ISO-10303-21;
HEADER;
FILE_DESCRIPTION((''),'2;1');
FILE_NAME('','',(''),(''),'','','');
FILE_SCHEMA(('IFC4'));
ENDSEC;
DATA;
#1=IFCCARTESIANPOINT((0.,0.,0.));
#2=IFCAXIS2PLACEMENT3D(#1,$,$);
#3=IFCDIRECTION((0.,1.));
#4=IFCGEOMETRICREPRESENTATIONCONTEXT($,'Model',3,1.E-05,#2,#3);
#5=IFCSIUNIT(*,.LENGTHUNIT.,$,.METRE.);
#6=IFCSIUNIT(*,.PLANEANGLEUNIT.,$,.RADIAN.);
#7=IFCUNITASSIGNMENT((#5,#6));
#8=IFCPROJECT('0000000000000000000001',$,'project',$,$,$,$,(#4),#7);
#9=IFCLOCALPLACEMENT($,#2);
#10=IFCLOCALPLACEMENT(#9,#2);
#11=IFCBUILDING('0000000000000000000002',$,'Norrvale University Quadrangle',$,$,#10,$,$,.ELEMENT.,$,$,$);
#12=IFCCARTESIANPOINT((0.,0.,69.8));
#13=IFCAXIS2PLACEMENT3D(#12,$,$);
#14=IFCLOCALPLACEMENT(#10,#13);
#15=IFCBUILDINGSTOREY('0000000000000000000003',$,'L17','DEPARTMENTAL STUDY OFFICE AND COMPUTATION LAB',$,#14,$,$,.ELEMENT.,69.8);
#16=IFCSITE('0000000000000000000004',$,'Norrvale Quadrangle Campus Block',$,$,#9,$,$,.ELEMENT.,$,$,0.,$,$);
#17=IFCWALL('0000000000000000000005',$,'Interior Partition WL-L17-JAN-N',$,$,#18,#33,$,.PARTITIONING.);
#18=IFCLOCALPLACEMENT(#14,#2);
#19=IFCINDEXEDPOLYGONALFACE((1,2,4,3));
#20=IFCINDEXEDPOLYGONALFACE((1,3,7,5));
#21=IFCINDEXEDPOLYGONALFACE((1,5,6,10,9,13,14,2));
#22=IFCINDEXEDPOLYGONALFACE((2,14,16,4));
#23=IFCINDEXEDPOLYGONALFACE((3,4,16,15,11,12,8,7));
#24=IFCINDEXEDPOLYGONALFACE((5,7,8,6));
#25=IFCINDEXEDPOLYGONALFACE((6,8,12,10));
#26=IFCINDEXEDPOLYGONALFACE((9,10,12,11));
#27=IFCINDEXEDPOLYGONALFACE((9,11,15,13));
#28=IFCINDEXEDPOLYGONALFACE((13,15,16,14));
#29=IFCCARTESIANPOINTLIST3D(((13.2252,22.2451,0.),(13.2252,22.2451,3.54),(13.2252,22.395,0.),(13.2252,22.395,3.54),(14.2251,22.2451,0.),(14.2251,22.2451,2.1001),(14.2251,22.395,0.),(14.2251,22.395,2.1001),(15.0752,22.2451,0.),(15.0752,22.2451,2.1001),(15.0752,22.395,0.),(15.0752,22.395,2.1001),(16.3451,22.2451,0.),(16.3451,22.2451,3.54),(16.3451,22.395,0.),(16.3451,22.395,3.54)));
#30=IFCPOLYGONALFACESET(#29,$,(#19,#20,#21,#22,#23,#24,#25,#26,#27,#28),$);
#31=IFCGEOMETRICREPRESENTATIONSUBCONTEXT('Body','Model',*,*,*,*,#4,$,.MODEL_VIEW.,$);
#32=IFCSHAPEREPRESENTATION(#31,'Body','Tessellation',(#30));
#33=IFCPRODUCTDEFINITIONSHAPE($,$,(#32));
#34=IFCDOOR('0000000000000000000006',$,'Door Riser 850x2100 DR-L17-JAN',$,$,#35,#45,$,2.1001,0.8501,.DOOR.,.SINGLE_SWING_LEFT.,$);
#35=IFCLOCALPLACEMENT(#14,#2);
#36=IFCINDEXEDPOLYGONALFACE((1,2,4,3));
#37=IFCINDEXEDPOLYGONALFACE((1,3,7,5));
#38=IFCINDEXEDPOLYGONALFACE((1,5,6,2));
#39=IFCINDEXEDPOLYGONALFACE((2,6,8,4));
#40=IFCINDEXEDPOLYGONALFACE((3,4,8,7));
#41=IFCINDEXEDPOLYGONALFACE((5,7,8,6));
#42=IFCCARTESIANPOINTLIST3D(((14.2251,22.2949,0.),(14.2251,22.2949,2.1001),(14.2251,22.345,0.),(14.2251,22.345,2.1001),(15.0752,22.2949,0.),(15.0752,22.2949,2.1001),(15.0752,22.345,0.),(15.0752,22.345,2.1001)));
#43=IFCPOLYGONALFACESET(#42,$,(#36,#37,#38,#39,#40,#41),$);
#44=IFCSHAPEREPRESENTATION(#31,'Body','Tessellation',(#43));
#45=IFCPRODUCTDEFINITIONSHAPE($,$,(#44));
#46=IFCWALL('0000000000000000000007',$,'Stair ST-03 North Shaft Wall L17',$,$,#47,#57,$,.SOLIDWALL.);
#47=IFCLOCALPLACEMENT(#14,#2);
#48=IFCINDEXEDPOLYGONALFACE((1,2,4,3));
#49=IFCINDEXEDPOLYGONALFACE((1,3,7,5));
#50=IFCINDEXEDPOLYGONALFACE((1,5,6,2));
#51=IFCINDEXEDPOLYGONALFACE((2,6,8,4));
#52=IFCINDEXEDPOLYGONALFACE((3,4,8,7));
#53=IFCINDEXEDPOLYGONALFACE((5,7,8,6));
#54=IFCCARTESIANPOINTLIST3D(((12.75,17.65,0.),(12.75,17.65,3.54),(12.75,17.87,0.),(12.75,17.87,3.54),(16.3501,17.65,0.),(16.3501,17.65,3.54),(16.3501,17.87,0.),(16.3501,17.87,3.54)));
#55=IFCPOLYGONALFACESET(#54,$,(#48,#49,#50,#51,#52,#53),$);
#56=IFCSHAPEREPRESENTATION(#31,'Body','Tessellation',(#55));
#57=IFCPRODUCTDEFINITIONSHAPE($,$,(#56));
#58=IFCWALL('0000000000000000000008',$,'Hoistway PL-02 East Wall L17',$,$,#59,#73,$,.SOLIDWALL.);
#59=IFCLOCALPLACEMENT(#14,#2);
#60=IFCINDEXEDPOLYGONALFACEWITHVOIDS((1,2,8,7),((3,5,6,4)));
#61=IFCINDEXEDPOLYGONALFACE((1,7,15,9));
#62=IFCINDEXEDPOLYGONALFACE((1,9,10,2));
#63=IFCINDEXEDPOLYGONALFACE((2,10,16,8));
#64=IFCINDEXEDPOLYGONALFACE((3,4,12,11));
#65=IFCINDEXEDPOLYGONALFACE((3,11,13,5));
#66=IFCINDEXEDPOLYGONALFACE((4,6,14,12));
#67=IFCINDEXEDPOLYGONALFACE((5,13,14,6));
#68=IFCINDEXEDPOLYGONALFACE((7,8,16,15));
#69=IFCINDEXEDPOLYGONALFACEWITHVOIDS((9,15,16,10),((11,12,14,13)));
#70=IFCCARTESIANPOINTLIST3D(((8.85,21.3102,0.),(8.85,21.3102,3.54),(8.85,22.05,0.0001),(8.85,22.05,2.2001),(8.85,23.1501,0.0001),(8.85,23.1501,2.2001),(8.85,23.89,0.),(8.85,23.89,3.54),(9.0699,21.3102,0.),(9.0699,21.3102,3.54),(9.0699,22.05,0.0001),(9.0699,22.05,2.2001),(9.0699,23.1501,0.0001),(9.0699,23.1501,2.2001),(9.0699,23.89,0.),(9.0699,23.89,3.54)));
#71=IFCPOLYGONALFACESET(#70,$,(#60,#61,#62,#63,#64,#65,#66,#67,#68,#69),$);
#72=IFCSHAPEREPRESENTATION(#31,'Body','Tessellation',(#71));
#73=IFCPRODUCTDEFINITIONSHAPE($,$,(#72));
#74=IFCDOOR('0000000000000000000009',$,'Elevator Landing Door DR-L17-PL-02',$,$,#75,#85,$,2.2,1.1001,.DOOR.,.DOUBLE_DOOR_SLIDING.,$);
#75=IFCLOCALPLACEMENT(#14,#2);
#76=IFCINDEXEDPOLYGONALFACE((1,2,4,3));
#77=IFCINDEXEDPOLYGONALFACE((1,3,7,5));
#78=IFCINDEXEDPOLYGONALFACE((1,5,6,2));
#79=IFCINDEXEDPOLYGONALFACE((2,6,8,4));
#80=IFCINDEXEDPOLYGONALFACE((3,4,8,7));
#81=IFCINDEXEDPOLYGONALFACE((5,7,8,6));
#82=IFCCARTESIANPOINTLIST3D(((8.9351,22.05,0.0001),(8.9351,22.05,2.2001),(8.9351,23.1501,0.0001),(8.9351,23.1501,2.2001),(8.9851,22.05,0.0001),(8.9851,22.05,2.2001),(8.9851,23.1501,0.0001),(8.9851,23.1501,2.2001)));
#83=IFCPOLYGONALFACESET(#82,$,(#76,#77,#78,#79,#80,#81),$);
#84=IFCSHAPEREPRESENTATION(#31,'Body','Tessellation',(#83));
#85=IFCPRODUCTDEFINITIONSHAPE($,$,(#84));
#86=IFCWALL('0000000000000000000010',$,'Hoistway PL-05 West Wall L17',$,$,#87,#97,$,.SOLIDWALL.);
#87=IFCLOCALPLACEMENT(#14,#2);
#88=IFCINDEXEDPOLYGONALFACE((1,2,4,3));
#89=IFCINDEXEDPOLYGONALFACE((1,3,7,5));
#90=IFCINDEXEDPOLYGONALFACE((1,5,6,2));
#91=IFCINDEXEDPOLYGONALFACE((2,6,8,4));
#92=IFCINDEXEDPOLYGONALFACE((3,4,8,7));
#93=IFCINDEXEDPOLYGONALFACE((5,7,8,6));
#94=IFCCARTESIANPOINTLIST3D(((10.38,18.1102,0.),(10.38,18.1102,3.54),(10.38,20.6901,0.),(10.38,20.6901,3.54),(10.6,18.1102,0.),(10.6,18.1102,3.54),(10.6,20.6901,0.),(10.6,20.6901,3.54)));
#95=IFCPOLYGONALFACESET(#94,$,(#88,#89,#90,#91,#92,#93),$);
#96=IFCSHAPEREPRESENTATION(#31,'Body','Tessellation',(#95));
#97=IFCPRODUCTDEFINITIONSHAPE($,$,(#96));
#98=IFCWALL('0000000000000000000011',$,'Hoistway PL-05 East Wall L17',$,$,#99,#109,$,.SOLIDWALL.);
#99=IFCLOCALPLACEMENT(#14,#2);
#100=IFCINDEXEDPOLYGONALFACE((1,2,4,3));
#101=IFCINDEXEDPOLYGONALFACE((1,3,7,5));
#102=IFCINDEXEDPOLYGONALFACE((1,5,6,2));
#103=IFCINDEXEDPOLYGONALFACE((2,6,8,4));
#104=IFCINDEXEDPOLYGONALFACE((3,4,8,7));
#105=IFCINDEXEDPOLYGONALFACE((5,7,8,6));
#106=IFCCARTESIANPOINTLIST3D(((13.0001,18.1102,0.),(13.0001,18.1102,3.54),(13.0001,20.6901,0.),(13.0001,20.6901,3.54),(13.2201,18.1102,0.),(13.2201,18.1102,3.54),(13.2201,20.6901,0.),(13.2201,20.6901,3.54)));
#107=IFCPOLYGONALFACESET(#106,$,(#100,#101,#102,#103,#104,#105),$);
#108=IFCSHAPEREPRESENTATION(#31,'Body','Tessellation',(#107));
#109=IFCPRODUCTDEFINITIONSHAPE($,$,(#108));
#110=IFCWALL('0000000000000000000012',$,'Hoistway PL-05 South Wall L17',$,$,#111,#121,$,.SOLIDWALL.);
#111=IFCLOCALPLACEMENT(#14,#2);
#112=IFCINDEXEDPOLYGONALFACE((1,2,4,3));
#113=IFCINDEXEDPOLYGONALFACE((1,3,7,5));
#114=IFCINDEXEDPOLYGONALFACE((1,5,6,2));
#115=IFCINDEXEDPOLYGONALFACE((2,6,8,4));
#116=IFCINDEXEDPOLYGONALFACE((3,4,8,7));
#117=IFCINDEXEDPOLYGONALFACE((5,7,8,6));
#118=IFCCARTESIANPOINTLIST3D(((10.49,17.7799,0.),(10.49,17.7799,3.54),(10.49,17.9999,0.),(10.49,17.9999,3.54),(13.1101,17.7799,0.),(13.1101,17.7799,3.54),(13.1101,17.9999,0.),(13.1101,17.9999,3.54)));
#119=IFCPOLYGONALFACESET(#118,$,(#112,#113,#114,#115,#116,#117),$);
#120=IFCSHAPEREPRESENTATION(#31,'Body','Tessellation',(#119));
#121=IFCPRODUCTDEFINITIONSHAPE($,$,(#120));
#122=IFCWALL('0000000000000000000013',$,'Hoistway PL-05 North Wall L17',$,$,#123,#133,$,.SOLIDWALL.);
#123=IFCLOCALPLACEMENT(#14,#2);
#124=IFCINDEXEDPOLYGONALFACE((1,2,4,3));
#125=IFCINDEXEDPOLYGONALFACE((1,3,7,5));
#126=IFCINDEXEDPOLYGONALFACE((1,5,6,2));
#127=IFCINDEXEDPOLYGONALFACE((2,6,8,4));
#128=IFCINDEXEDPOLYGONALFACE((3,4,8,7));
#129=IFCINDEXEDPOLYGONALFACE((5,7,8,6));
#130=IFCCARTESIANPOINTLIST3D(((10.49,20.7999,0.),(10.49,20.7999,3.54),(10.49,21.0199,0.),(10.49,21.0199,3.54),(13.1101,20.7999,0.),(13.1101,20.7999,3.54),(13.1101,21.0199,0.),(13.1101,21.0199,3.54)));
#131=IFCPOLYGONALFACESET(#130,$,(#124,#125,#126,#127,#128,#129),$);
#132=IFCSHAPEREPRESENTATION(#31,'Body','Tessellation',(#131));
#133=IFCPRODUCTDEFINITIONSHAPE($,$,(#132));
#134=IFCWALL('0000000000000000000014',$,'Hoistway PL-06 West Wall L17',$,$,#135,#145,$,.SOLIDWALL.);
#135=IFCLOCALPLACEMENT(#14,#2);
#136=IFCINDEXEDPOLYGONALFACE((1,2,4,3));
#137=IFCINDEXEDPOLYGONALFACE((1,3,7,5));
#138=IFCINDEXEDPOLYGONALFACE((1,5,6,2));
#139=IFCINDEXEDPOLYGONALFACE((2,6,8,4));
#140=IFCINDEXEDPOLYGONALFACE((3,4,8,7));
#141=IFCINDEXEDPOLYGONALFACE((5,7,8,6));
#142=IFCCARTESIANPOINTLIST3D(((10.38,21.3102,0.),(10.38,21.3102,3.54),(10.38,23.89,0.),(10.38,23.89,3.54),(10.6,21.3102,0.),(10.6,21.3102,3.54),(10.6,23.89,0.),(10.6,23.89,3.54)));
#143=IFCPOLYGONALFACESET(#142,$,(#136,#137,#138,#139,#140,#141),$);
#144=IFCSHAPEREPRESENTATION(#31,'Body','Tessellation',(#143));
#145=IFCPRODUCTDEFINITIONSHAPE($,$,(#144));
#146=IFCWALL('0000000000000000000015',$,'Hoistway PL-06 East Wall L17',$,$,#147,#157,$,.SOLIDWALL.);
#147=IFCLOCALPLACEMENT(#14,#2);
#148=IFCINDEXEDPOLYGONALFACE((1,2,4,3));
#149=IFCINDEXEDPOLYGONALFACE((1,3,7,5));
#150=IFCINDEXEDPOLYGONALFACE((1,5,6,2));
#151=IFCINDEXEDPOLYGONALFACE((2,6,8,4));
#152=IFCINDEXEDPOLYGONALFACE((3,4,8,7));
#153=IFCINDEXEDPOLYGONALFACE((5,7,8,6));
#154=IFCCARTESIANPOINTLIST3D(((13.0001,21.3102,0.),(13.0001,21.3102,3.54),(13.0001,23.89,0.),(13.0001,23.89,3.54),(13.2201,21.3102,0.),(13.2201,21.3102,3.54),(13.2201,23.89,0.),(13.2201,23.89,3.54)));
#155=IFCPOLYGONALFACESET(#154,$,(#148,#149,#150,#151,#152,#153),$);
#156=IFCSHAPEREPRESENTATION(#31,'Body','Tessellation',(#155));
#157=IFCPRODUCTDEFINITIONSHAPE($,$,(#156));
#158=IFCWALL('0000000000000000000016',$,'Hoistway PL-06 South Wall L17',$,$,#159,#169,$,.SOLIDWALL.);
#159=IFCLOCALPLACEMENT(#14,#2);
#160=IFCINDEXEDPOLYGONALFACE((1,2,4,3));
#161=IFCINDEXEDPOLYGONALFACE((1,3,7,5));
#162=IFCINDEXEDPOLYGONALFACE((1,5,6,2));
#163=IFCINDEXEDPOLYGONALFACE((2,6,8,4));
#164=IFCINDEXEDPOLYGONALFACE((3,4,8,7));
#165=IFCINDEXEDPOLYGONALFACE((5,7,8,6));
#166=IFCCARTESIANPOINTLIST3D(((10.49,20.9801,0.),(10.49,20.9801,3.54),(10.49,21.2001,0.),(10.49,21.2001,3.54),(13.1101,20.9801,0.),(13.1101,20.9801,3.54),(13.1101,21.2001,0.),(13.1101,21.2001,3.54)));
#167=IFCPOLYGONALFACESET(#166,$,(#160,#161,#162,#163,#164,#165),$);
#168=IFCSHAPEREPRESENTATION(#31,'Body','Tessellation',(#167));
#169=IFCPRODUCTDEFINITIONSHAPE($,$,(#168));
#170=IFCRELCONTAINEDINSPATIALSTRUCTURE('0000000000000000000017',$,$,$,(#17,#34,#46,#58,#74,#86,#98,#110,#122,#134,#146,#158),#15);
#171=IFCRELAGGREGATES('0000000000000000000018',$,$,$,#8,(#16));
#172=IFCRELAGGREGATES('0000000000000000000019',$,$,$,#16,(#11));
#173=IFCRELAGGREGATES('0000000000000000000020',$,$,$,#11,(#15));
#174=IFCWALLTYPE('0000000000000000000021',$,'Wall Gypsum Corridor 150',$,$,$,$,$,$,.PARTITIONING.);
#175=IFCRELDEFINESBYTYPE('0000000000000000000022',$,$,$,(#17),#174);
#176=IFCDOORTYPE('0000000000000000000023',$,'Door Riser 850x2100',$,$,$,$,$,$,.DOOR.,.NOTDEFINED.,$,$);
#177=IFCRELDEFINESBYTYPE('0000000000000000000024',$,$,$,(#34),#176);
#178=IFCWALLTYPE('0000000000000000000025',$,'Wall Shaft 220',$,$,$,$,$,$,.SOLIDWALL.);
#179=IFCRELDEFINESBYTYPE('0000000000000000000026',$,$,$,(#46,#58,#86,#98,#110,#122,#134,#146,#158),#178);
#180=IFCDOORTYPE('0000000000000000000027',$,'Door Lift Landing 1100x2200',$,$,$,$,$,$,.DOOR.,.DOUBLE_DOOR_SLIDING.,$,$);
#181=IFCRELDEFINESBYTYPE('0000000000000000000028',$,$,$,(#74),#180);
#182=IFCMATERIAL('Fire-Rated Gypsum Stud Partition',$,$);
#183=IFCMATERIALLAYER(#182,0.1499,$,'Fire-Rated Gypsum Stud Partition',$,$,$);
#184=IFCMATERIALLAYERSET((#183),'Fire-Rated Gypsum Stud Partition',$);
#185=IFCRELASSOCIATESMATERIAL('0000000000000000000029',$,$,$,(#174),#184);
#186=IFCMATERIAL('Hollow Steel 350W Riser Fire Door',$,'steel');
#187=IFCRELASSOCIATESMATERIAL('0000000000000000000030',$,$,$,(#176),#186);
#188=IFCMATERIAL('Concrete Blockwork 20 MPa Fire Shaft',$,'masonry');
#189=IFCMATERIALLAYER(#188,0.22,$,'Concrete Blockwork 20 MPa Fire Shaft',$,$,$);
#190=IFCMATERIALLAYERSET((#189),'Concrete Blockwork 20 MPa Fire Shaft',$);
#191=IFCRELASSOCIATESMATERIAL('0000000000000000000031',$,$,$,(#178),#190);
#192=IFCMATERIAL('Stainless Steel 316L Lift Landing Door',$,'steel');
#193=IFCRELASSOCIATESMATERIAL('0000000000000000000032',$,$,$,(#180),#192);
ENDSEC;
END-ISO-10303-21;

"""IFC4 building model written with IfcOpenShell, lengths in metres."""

from ifc_helpers import new_model, si_unit, direction, frame, frame_2d, origin, place, context, subcontext, project, spatial, rectangle, extrude, material, layer, layer_set, type_object, element, fill, save


model = new_model("IFC4")

# Units and contexts
model_context = context("Model", 3, precision=1e-05, world=origin(), true_north=direction((0.0, 1.0)))
body_context = subcontext(model_context, "Body", "Model", "MODEL_VIEW")
ifc_project = project(units=[si_unit("LENGTHUNIT", "METRE"), si_unit("PLANEANGLEUNIT", "RADIAN")], contexts=[model_context])

# Site, building, storey
site_placement = place(None, origin())
site = spatial("IfcSite", under=ifc_project, at=site_placement, Name="Norrvale Quadrangle Campus Block", CompositionType="ELEMENT", RefElevation=0.0)
building_placement = place(site_placement, origin())
building = spatial("IfcBuilding", under=site, at=building_placement, Name="Norrvale University Quadrangle", CompositionType="ELEMENT")
storey_placement = place(building_placement, frame((0.0, 0.0, 69.8)))
storey = spatial("IfcBuildingStorey", under=building, at=storey_placement, Name="L17", Description="DEPARTMENTAL STUDY OFFICE AND COMPUTATION LAB", CompositionType="ELEMENT", Elevation=69.8)

# Shared definitions
ifc_material_1 = material(Name="Fire-Rated Gypsum Stud Partition")
ifc_layer_1 = layer(ifc_material_1, 0.1499, Name="Fire-Rated Gypsum Stud Partition")
ifc_layer_set_1 = layer_set([ifc_layer_1], Name="Fire-Rated Gypsum Stud Partition")
wall_type_1 = type_object("IfcWallType", Name="Wall Gypsum Corridor 150", PredefinedType="PARTITIONING", material=ifc_layer_set_1)
ifc_material_2 = material(Name="Hollow Steel 350W Riser Fire Door", Category="steel")
door_type_1 = type_object("IfcDoorType", Name="Door Riser 850x2100", OperationType="NOTDEFINED", PredefinedType="DOOR", material=ifc_material_2)

# Wall, opening, door
wall_1_placement = place(storey_placement, frame((13.2251, 22.3201, 0.0), z_axis=(0.0, 0.0, 1.0), x_axis=(1.0, 0.0, 0.0)))
wall_1 = element("IfcWall", 1, at=wall_1_placement, inside=storey, type_object=wall_type_1, Name="Interior Partition WL-L17-JAN-N", PredefinedType="PARTITIONING", context=body_context, shape_type="SweptSolid", body=[
    extrude(rectangle(XDim=3.1199, YDim=0.1499, at=frame_2d((1.5601, 0.0))), origin(), (0.0, 0.0, 1.0), 3.54),
])
opening_1_placement = place(wall_1_placement, frame((1.0, 0.0, 0.0)))
opening_1 = element("IfcOpeningElement", 2, at=opening_1_placement, cuts=wall_1, PredefinedType="OPENING", context=body_context, shape_type="SweptSolid", body=[
    extrude(rectangle(XDim=0.8501, YDim=2.1001, at=frame_2d((0.425, 1.05))), frame((0.0, 0.0869, 0.0), z_axis=(0.0, -1.0, 0.0), x_axis=(1.0, 0.0, 0.0)), (0.0, 0.0, 1.0), 0.1738),
])
door_1_placement = place(opening_1_placement, origin())
door_1 = element("IfcDoor", 3, at=door_1_placement, inside=storey, type_object=door_type_1, Name="Door Riser 850x2100 DR-L17-JAN", OperationType="SINGLE_SWING_LEFT", OverallHeight=2.1001, OverallWidth=0.8501, PredefinedType="DOOR", context=body_context, shape_type="SweptSolid", body=[
    extrude(rectangle(XDim=0.8501, YDim=2.1001, at=frame_2d((0.425, 1.05))), frame((0.0, 0.0249, 0.0), z_axis=(0.0, -1.0, 0.0), x_axis=(1.0, 0.0, 0.0)), (0.0, 0.0, 1.0), 0.05),
])
fill(opening_1, door_1)

# Wall
ifc_material_3 = material(Name="Concrete Blockwork 20 MPa Fire Shaft", Category="masonry")
ifc_layer_2 = layer(ifc_material_3, 0.22, Name="Concrete Blockwork 20 MPa Fire Shaft")
ifc_layer_set_2 = layer_set([ifc_layer_2], Name="Concrete Blockwork 20 MPa Fire Shaft")
wall_type_2 = type_object("IfcWallType", Name="Wall Shaft 220", PredefinedType="SOLIDWALL", material=ifc_layer_set_2)
wall_2_placement = place(storey_placement, frame((12.75, 17.76, 0.0), z_axis=(0.0, 0.0, 1.0), x_axis=(1.0, 0.0, 0.0)))
element("IfcWall", 4, at=wall_2_placement, inside=storey, type_object=wall_type_2, Name="Stair ST-03 North Shaft Wall L17", PredefinedType="SOLIDWALL", context=body_context, shape_type="SweptSolid", body=[
    extrude(rectangle(XDim=3.6001, YDim=0.22, at=frame_2d((1.8, 0.0))), origin(), (0.0, 0.0, 1.0), 3.54),
])

# Wall, opening, door
wall_3_placement = place(storey_placement, frame((8.96, 21.3101, 0.0), z_axis=(0.0, 0.0, 1.0), x_axis=(0.0, 1.0, 0.0)))
wall_3 = element("IfcWall", 5, at=wall_3_placement, inside=storey, type_object=wall_type_2, Name="Hoistway PL-02 East Wall L17", PredefinedType="SOLIDWALL", context=body_context, shape_type="SweptSolid", body=[
    extrude(rectangle(XDim=2.5798, YDim=0.22, at=frame_2d((1.29, 0.0))), origin(), (0.0, 0.0, 1.0), 3.54),
])
opening_2_placement = place(wall_3_placement, frame((0.74, 0.0, 0.0)))
opening_2 = element("IfcOpeningElement", 6, at=opening_2_placement, cuts=wall_3, PredefinedType="OPENING", context=body_context, shape_type="SweptSolid", body=[
    extrude(rectangle(XDim=1.1001, YDim=2.2, at=frame_2d((0.55, 1.1001))), frame((0.0, 0.1221, 0.0), z_axis=(0.0, -1.0, 0.0), x_axis=(1.0, 0.0, 0.0)), (0.0, 0.0, 1.0), 0.2439),
])
ifc_material_4 = material(Name="Stainless Steel 316L Lift Landing Door", Category="steel")
door_type_2 = type_object("IfcDoorType", Name="Door Lift Landing 1100x2200", OperationType="DOUBLE_DOOR_SLIDING", PredefinedType="DOOR", material=ifc_material_4)
door_2_placement = place(opening_2_placement, origin())
door_2 = element("IfcDoor", 7, at=door_2_placement, inside=storey, type_object=door_type_2, Name="Elevator Landing Door DR-L17-PL-02", OperationType="DOUBLE_DOOR_SLIDING", OverallHeight=2.2, OverallWidth=1.1001, PredefinedType="DOOR", context=body_context, shape_type="SweptSolid", body=[
    extrude(rectangle(XDim=1.1001, YDim=2.2, at=frame_2d((0.55, 1.1001))), frame((0.0, 0.0249, 0.0), z_axis=(0.0, -1.0, 0.0), x_axis=(1.0, 0.0, 0.0)), (0.0, 0.0, 1.0), 0.05),
])
fill(opening_2, door_2)

# Walls
for number, where, z_axis, x_axis, name in (
    (8, (10.49, 18.1101, 0.0), (0.0, 0.0, 1.0), (0.0, 1.0, 0.0), "Hoistway PL-05 West Wall L17"),
    (9, (13.1101, 18.1101, 0.0), (0.0, 0.0, 1.0), (0.0, 1.0, 0.0), "Hoistway PL-05 East Wall L17"),
):
    element("IfcWall", number, at=place(storey_placement, frame(where, z_axis=z_axis, x_axis=x_axis)), inside=storey, type_object=wall_type_2, Name=name, PredefinedType="SOLIDWALL", context=body_context, shape_type="SweptSolid", body=[
        extrude(rectangle(XDim=2.5798, YDim=0.22, at=frame_2d((1.29, 0.0))), origin(), (0.0, 0.0, 1.0), 3.54),
    ])
for number, where, z_axis, x_axis, name in (
    (10, (10.49, 17.8899, 0.0), (0.0, 0.0, 1.0), (1.0, 0.0, 0.0), "Hoistway PL-05 South Wall L17"),
    (11, (10.49, 20.9099, 0.0), (0.0, 0.0, 1.0), (1.0, 0.0, 0.0), "Hoistway PL-05 North Wall L17"),
):
    element("IfcWall", number, at=place(storey_placement, frame(where, z_axis=z_axis, x_axis=x_axis)), inside=storey, type_object=wall_type_2, Name=name, PredefinedType="SOLIDWALL", context=body_context, shape_type="SweptSolid", body=[
        extrude(rectangle(XDim=2.6201, YDim=0.22, at=frame_2d((1.3101, 0.0))), origin(), (0.0, 0.0, 1.0), 3.54),
    ])
for number, where, z_axis, x_axis, name in (
    (12, (10.49, 21.3101, 0.0), (0.0, 0.0, 1.0), (0.0, 1.0, 0.0), "Hoistway PL-06 West Wall L17"),
    (13, (13.1101, 21.3101, 0.0), (0.0, 0.0, 1.0), (0.0, 1.0, 0.0), "Hoistway PL-06 East Wall L17"),
):
    element("IfcWall", number, at=place(storey_placement, frame(where, z_axis=z_axis, x_axis=x_axis)), inside=storey, type_object=wall_type_2, Name=name, PredefinedType="SOLIDWALL", context=body_context, shape_type="SweptSolid", body=[
        extrude(rectangle(XDim=2.5798, YDim=0.22, at=frame_2d((1.29, 0.0))), origin(), (0.0, 0.0, 1.0), 3.54),
    ])
wall_4_placement = place(storey_placement, frame((10.49, 21.0901, 0.0), z_axis=(0.0, 0.0, 1.0), x_axis=(1.0, 0.0, 0.0)))
element("IfcWall", 14, at=wall_4_placement, inside=storey, type_object=wall_type_2, Name="Hoistway PL-06 South Wall L17", PredefinedType="SOLIDWALL", context=body_context, shape_type="SweptSolid", body=[
    extrude(rectangle(XDim=2.6201, YDim=0.22, at=frame_2d((1.3101, 0.0))), origin(), (0.0, 0.0, 1.0), 3.54),
])

save(model, "model.ifc")
